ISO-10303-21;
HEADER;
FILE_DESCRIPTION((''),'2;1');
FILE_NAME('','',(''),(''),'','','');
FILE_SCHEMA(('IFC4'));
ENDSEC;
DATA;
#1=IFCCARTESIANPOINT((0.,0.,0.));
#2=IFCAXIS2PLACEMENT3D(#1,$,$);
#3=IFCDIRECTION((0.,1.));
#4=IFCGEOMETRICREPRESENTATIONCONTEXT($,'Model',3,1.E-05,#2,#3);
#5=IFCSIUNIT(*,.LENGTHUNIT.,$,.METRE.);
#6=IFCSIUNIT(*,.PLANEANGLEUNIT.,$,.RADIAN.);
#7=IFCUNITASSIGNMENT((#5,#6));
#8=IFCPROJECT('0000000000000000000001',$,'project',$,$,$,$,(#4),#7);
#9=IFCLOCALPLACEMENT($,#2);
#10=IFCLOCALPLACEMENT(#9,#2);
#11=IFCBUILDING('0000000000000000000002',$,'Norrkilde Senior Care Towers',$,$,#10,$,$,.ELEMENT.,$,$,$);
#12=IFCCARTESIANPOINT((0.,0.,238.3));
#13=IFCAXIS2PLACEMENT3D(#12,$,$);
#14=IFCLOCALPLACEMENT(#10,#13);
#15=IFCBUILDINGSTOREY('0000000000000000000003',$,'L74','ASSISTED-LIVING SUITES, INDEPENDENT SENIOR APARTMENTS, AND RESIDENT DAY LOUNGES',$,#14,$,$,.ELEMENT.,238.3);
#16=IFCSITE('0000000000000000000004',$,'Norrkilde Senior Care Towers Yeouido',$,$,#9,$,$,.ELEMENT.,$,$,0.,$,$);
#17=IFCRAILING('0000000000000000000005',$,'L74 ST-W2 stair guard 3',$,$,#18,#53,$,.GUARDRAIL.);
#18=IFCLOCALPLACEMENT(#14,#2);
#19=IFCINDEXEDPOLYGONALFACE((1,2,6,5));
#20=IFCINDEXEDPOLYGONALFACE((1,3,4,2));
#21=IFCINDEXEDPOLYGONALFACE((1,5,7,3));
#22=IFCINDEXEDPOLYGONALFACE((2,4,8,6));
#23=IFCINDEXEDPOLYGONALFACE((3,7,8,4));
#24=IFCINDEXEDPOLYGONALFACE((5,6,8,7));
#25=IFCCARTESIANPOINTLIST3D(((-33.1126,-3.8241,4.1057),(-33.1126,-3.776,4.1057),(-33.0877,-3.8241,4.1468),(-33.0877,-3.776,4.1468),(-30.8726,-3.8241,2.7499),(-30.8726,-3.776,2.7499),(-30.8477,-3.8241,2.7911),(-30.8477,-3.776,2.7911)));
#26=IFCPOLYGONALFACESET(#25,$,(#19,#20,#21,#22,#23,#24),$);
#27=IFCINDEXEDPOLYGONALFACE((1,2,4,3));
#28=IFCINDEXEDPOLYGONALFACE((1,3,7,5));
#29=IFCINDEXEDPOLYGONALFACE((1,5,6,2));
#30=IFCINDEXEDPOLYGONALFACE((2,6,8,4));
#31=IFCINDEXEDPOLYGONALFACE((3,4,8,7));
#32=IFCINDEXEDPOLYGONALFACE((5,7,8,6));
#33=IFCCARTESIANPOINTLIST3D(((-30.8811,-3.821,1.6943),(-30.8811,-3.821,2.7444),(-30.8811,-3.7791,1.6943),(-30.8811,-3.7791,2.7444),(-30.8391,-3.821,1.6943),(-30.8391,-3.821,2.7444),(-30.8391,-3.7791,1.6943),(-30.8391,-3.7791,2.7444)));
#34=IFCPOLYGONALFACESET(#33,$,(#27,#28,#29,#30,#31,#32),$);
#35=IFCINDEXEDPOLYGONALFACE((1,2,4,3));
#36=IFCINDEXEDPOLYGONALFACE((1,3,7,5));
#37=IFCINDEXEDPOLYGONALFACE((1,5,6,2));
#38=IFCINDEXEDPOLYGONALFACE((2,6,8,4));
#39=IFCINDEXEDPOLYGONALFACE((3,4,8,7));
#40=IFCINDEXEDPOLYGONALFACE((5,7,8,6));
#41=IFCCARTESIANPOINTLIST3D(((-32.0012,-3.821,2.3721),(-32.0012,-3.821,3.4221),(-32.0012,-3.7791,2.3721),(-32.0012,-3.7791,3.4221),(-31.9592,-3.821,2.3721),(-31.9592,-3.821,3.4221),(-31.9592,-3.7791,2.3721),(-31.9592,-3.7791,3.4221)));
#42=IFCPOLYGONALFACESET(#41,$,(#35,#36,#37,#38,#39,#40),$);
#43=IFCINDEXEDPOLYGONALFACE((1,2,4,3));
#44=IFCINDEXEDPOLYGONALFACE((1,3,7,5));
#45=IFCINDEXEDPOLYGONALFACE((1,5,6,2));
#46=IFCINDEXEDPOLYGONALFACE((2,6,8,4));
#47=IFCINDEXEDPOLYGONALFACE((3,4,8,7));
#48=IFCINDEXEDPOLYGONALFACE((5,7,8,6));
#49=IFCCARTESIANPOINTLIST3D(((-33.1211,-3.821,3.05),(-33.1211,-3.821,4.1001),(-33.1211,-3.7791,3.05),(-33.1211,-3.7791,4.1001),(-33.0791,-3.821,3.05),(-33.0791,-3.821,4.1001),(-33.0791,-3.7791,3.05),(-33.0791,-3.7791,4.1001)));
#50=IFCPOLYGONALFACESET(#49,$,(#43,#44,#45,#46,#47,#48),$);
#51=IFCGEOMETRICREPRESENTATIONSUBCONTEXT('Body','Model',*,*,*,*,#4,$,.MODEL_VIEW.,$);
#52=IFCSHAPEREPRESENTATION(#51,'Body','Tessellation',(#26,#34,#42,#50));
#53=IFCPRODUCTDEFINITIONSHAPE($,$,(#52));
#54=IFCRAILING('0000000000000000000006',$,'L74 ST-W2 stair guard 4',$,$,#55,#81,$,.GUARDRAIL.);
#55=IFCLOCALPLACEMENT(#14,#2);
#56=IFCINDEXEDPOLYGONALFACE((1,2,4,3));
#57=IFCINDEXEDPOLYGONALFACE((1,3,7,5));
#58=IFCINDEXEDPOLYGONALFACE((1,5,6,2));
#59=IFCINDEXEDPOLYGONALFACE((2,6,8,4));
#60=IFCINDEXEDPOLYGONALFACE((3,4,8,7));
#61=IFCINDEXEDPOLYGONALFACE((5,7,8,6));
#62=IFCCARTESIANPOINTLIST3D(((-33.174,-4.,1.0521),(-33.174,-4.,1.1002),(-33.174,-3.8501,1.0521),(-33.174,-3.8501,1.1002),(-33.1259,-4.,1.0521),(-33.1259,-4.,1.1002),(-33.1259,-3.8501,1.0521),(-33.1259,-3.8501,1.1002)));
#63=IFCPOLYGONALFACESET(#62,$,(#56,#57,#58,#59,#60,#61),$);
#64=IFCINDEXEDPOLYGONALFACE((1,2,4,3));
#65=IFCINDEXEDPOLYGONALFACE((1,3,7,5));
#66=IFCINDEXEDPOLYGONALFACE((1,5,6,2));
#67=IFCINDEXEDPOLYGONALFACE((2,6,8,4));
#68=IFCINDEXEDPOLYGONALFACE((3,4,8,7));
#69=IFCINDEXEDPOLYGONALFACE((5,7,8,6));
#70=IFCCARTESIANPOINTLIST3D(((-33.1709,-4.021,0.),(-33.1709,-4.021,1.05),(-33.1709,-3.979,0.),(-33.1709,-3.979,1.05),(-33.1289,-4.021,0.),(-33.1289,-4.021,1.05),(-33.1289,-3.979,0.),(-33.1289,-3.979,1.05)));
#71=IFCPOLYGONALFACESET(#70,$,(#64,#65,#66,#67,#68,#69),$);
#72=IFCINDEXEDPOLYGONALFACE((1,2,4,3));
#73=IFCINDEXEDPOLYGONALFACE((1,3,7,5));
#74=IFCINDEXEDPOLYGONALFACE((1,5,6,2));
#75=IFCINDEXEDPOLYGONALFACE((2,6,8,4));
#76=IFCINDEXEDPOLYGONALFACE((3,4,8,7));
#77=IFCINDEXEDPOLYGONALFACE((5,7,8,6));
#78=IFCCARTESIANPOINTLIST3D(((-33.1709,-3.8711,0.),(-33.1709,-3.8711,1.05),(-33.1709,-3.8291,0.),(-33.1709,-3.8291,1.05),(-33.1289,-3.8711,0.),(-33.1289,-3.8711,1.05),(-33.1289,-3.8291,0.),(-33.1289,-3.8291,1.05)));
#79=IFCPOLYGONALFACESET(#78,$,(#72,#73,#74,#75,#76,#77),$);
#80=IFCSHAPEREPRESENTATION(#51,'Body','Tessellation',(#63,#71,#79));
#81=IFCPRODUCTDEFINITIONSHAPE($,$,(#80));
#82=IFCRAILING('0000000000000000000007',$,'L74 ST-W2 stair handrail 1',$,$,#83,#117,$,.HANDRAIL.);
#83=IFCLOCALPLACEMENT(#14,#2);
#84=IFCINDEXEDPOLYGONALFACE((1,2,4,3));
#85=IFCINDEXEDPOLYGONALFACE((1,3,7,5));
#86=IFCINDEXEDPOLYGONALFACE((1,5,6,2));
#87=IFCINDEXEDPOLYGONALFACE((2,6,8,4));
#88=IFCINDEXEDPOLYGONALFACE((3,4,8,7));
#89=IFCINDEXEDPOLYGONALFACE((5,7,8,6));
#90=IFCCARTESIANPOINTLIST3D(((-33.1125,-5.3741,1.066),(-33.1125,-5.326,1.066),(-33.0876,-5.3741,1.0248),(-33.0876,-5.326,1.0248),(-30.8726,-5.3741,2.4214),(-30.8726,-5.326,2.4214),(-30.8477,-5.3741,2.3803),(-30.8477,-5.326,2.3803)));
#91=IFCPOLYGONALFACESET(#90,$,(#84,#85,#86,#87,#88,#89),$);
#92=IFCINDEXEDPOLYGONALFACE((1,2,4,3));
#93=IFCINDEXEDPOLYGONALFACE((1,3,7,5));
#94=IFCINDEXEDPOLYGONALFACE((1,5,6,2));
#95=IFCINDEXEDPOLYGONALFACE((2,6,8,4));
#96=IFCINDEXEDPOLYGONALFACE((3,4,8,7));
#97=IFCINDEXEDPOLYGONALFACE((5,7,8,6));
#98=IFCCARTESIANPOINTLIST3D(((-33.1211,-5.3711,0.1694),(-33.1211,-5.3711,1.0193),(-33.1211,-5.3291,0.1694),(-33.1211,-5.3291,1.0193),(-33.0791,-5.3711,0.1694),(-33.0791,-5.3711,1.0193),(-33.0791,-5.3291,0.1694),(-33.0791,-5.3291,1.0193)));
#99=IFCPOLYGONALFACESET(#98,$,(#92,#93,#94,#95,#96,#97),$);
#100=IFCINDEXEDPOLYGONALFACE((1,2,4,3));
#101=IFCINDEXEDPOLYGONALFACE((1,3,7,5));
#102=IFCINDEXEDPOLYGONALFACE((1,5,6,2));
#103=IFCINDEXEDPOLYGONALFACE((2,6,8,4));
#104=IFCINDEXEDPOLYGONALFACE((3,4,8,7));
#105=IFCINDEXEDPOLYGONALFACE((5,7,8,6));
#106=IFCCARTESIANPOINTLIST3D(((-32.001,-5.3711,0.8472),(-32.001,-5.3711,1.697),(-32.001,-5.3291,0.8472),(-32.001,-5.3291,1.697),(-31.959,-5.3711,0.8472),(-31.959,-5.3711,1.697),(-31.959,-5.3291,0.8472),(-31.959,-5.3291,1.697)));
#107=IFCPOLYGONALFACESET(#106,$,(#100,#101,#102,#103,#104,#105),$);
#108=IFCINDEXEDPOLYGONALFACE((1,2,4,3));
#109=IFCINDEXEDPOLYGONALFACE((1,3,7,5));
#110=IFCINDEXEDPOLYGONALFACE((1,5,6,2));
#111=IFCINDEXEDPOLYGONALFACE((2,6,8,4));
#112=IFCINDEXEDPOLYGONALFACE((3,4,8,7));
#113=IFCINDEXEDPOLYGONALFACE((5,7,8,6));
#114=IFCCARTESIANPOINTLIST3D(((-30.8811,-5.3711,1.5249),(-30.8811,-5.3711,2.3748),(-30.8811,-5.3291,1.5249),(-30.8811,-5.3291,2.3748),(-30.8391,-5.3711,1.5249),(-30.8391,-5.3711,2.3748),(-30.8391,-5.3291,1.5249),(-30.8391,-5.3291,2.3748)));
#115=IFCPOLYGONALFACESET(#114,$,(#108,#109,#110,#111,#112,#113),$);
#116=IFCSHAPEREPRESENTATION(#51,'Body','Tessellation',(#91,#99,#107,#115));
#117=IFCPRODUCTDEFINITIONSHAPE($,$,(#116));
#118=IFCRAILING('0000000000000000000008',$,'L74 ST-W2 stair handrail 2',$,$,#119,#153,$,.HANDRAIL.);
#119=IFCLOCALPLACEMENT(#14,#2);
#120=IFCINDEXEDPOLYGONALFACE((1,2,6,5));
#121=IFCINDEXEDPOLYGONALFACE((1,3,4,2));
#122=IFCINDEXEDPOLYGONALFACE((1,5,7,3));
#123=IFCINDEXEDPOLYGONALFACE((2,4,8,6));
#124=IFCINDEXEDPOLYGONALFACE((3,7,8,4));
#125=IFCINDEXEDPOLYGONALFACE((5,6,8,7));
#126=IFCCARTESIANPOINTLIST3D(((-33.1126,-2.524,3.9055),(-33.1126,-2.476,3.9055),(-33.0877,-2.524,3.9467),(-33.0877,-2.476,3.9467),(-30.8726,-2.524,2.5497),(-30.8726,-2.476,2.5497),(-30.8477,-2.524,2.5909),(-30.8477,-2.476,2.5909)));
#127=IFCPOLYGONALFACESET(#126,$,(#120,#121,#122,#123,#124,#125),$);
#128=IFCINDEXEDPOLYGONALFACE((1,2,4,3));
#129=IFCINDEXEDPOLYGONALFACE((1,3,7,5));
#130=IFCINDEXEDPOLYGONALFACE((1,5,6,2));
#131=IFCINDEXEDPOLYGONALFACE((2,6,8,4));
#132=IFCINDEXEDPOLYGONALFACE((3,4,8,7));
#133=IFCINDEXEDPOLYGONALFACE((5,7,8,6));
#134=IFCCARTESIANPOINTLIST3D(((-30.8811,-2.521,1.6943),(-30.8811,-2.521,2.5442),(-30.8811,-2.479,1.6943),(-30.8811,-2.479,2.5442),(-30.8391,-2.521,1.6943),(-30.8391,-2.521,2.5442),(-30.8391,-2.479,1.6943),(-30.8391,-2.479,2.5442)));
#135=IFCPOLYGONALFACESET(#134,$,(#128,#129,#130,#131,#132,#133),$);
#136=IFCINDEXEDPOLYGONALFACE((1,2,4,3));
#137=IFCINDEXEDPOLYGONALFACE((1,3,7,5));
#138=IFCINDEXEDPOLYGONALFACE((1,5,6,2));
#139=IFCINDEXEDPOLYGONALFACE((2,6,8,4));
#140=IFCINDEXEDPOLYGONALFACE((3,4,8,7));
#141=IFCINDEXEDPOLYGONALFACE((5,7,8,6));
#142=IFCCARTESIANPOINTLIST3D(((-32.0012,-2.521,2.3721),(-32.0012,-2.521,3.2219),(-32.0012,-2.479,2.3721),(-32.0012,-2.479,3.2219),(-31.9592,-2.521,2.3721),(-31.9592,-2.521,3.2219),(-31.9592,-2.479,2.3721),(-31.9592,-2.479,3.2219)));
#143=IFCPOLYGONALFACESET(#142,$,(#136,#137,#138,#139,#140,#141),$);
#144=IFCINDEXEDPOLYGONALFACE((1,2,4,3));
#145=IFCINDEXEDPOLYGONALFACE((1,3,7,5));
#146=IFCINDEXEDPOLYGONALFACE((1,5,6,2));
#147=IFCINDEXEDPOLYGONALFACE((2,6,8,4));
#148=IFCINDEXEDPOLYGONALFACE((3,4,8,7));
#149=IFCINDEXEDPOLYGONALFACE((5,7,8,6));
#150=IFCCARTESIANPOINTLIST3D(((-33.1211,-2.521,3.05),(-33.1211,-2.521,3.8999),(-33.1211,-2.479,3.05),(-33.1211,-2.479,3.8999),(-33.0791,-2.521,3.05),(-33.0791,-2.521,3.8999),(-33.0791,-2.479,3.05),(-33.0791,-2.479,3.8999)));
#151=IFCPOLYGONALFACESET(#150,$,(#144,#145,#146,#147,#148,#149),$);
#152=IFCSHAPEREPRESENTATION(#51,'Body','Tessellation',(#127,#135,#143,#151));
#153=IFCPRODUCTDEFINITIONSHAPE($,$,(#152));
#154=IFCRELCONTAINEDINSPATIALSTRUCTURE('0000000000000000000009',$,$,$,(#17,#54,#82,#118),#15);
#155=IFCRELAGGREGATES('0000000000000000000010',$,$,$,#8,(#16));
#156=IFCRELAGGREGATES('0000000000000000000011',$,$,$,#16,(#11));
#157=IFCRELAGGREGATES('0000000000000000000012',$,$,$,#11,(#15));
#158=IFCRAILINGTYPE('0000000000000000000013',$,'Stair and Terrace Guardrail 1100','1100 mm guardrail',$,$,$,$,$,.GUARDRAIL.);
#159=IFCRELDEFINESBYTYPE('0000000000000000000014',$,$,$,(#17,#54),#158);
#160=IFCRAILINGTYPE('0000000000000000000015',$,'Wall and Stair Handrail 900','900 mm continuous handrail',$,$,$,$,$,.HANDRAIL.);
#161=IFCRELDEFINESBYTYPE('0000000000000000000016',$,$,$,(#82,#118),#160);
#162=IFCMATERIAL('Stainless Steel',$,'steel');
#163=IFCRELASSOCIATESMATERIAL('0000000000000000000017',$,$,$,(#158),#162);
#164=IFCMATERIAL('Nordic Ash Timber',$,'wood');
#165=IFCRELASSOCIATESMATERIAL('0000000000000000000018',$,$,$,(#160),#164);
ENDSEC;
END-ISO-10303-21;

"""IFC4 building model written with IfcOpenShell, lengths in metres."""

from ifc_helpers import new_model, si_unit, direction, frame, origin, origin_2d, place, context, subcontext, project, spatial, rectangle, extrude, material, type_object, element, save


model = new_model("IFC4")

# Units and contexts
model_context = context("Model", 3, precision=1e-05, world=origin(), true_north=direction((0.0, 1.0)))
body_context = subcontext(model_context, "Body", "Model", "MODEL_VIEW")
ifc_project = project(units=[si_unit("LENGTHUNIT", "METRE"), si_unit("PLANEANGLEUNIT", "RADIAN")], contexts=[model_context])

# Site, building, storey
site_placement = place(None, origin())
site = spatial("IfcSite", under=ifc_project, at=site_placement, Name="Norrkilde Senior Care Towers Yeouido", CompositionType="ELEMENT", RefElevation=0.0)
building_placement = place(site_placement, origin())
building = spatial("IfcBuilding", under=site, at=building_placement, Name="Norrkilde Senior Care Towers", CompositionType="ELEMENT")
storey_placement = place(building_placement, frame((0.0, 0.0, 238.3)))
storey = spatial("IfcBuildingStorey", under=building, at=storey_placement, Name="L74", Description="ASSISTED-LIVING SUITES, INDEPENDENT SENIOR APARTMENTS, AND RESIDENT DAY LOUNGES", CompositionType="ELEMENT", Elevation=238.3)

# Shared definitions
ifc_material_1 = material(Name="Nordic Ash Timber", Category="wood")

# Railings
ifc_material_2 = material(Name="Stainless Steel", Category="steel")
railing_type_1 = type_object("IfcRailingType", Name="Stair and Terrace Guardrail 1100", Description="1100 mm guardrail", PredefinedType="GUARDRAIL", material=ifc_material_2)
railing_1_placement = place(storey_placement, frame((-30.8601, -3.8, 1.6943)))
element("IfcRailing", 1, at=railing_1_placement, inside=storey, type_object=railing_type_1, Name="L74 ST-W2 stair guard 3", PredefinedType="GUARDRAIL", context=body_context, shape_type="SweptSolid", body=[
    extrude(rectangle(XDim=0.0481, YDim=0.0481, at=origin_2d()), frame((0.0, 0.0, 1.0762), z_axis=(-0.855512, 0.0, 0.517783), x_axis=(0.0, -1.0, 0.0)), (0.0, 0.0, 1.0), 2.6184),
    extrude(rectangle(XDim=0.042, YDim=0.042, at=origin_2d()), origin(), (0.0, 0.0, 1.0), 1.05),
    extrude(rectangle(XDim=0.042, YDim=0.042, at=origin_2d()), frame((-1.1201, 0.0, 0.6777)), (0.0, 0.0, 1.0), 1.05),
    extrude(rectangle(XDim=0.042, YDim=0.042, at=origin_2d()), frame((-2.24, 0.0, 1.3557)), (0.0, 0.0, 1.0), 1.05),
])
railing_2_placement = place(storey_placement, frame((-33.1499, -4.0, 0.0)))
element("IfcRailing", 2, at=railing_2_placement, inside=storey, type_object=railing_type_1, Name="L74 ST-W2 stair guard 4", PredefinedType="GUARDRAIL", context=body_context, shape_type="SweptSolid", body=[
    extrude(rectangle(XDim=0.0481, YDim=0.0481, at=origin_2d()), frame((0.0, 0.0, 1.0762), z_axis=(0.0, 1.0, 0.0), x_axis=(-1.0, 0.0, 0.0)), (0.0, 0.0, 1.0), 0.1499),
    extrude(rectangle(XDim=0.042, YDim=0.042, at=origin_2d()), origin(), (0.0, 0.0, 1.0), 1.05),
    extrude(rectangle(XDim=0.042, YDim=0.042, at=origin_2d()), frame((0.0, 0.1499, 0.0)), (0.0, 0.0, 1.0), 1.05),
])
railing_type_2 = type_object("IfcRailingType", Name="Wall and Stair Handrail 900", Description="900 mm continuous handrail", PredefinedType="HANDRAIL", material=ifc_material_1)
railing_3_placement = place(storey_placement, frame((-33.1001, -5.3501, 0.1694)))
element("IfcRailing", 3, at=railing_3_placement, inside=storey, type_object=railing_type_2, Name="L74 ST-W2 stair handrail 1", PredefinedType="HANDRAIL", context=body_context, shape_type="SweptSolid", body=[
    extrude(rectangle(XDim=0.0481, YDim=0.0481, at=origin_2d()), frame((0.0, 0.0, 0.876), z_axis=(0.855553, 0.0, 0.517715), x_axis=(0.0, 1.0, 0.0)), (0.0, 0.0, 1.0), 2.6182),
    extrude(rectangle(XDim=0.042, YDim=0.042, at=origin_2d()), origin(), (0.0, 0.0, 1.0), 0.8499),
    extrude(rectangle(XDim=0.042, YDim=0.042, at=origin_2d()), frame((1.1201, 0.0, 0.6777)), (0.0, 0.0, 1.0), 0.8499),
    extrude(rectangle(XDim=0.042, YDim=0.042, at=origin_2d()), frame((2.24, 0.0, 1.3555)), (0.0, 0.0, 1.0), 0.8499),
])
railing_4_placement = place(storey_placement, frame((-30.8601, -2.5, 1.6943)))
element("IfcRailing", 4, at=railing_4_placement, inside=storey, type_object=railing_type_2, Name="L74 ST-W2 stair handrail 2", PredefinedType="HANDRAIL", context=body_context, shape_type="SweptSolid", body=[
    extrude(rectangle(XDim=0.0481, YDim=0.0481, at=origin_2d()), frame((0.0, 0.0, 0.876), z_axis=(-0.855512, 0.0, 0.517783), x_axis=(0.0, -1.0, 0.0)), (0.0, 0.0, 1.0), 2.6184),
    extrude(rectangle(XDim=0.042, YDim=0.042, at=origin_2d()), origin(), (0.0, 0.0, 1.0), 0.8499),
    extrude(rectangle(XDim=0.042, YDim=0.042, at=origin_2d()), frame((-1.1201, 0.0, 0.6777)), (0.0, 0.0, 1.0), 0.8499),
    extrude(rectangle(XDim=0.042, YDim=0.042, at=origin_2d()), frame((-2.24, 0.0, 1.3557)), (0.0, 0.0, 1.0), 0.8499),
])

save(model, "model.ifc")
